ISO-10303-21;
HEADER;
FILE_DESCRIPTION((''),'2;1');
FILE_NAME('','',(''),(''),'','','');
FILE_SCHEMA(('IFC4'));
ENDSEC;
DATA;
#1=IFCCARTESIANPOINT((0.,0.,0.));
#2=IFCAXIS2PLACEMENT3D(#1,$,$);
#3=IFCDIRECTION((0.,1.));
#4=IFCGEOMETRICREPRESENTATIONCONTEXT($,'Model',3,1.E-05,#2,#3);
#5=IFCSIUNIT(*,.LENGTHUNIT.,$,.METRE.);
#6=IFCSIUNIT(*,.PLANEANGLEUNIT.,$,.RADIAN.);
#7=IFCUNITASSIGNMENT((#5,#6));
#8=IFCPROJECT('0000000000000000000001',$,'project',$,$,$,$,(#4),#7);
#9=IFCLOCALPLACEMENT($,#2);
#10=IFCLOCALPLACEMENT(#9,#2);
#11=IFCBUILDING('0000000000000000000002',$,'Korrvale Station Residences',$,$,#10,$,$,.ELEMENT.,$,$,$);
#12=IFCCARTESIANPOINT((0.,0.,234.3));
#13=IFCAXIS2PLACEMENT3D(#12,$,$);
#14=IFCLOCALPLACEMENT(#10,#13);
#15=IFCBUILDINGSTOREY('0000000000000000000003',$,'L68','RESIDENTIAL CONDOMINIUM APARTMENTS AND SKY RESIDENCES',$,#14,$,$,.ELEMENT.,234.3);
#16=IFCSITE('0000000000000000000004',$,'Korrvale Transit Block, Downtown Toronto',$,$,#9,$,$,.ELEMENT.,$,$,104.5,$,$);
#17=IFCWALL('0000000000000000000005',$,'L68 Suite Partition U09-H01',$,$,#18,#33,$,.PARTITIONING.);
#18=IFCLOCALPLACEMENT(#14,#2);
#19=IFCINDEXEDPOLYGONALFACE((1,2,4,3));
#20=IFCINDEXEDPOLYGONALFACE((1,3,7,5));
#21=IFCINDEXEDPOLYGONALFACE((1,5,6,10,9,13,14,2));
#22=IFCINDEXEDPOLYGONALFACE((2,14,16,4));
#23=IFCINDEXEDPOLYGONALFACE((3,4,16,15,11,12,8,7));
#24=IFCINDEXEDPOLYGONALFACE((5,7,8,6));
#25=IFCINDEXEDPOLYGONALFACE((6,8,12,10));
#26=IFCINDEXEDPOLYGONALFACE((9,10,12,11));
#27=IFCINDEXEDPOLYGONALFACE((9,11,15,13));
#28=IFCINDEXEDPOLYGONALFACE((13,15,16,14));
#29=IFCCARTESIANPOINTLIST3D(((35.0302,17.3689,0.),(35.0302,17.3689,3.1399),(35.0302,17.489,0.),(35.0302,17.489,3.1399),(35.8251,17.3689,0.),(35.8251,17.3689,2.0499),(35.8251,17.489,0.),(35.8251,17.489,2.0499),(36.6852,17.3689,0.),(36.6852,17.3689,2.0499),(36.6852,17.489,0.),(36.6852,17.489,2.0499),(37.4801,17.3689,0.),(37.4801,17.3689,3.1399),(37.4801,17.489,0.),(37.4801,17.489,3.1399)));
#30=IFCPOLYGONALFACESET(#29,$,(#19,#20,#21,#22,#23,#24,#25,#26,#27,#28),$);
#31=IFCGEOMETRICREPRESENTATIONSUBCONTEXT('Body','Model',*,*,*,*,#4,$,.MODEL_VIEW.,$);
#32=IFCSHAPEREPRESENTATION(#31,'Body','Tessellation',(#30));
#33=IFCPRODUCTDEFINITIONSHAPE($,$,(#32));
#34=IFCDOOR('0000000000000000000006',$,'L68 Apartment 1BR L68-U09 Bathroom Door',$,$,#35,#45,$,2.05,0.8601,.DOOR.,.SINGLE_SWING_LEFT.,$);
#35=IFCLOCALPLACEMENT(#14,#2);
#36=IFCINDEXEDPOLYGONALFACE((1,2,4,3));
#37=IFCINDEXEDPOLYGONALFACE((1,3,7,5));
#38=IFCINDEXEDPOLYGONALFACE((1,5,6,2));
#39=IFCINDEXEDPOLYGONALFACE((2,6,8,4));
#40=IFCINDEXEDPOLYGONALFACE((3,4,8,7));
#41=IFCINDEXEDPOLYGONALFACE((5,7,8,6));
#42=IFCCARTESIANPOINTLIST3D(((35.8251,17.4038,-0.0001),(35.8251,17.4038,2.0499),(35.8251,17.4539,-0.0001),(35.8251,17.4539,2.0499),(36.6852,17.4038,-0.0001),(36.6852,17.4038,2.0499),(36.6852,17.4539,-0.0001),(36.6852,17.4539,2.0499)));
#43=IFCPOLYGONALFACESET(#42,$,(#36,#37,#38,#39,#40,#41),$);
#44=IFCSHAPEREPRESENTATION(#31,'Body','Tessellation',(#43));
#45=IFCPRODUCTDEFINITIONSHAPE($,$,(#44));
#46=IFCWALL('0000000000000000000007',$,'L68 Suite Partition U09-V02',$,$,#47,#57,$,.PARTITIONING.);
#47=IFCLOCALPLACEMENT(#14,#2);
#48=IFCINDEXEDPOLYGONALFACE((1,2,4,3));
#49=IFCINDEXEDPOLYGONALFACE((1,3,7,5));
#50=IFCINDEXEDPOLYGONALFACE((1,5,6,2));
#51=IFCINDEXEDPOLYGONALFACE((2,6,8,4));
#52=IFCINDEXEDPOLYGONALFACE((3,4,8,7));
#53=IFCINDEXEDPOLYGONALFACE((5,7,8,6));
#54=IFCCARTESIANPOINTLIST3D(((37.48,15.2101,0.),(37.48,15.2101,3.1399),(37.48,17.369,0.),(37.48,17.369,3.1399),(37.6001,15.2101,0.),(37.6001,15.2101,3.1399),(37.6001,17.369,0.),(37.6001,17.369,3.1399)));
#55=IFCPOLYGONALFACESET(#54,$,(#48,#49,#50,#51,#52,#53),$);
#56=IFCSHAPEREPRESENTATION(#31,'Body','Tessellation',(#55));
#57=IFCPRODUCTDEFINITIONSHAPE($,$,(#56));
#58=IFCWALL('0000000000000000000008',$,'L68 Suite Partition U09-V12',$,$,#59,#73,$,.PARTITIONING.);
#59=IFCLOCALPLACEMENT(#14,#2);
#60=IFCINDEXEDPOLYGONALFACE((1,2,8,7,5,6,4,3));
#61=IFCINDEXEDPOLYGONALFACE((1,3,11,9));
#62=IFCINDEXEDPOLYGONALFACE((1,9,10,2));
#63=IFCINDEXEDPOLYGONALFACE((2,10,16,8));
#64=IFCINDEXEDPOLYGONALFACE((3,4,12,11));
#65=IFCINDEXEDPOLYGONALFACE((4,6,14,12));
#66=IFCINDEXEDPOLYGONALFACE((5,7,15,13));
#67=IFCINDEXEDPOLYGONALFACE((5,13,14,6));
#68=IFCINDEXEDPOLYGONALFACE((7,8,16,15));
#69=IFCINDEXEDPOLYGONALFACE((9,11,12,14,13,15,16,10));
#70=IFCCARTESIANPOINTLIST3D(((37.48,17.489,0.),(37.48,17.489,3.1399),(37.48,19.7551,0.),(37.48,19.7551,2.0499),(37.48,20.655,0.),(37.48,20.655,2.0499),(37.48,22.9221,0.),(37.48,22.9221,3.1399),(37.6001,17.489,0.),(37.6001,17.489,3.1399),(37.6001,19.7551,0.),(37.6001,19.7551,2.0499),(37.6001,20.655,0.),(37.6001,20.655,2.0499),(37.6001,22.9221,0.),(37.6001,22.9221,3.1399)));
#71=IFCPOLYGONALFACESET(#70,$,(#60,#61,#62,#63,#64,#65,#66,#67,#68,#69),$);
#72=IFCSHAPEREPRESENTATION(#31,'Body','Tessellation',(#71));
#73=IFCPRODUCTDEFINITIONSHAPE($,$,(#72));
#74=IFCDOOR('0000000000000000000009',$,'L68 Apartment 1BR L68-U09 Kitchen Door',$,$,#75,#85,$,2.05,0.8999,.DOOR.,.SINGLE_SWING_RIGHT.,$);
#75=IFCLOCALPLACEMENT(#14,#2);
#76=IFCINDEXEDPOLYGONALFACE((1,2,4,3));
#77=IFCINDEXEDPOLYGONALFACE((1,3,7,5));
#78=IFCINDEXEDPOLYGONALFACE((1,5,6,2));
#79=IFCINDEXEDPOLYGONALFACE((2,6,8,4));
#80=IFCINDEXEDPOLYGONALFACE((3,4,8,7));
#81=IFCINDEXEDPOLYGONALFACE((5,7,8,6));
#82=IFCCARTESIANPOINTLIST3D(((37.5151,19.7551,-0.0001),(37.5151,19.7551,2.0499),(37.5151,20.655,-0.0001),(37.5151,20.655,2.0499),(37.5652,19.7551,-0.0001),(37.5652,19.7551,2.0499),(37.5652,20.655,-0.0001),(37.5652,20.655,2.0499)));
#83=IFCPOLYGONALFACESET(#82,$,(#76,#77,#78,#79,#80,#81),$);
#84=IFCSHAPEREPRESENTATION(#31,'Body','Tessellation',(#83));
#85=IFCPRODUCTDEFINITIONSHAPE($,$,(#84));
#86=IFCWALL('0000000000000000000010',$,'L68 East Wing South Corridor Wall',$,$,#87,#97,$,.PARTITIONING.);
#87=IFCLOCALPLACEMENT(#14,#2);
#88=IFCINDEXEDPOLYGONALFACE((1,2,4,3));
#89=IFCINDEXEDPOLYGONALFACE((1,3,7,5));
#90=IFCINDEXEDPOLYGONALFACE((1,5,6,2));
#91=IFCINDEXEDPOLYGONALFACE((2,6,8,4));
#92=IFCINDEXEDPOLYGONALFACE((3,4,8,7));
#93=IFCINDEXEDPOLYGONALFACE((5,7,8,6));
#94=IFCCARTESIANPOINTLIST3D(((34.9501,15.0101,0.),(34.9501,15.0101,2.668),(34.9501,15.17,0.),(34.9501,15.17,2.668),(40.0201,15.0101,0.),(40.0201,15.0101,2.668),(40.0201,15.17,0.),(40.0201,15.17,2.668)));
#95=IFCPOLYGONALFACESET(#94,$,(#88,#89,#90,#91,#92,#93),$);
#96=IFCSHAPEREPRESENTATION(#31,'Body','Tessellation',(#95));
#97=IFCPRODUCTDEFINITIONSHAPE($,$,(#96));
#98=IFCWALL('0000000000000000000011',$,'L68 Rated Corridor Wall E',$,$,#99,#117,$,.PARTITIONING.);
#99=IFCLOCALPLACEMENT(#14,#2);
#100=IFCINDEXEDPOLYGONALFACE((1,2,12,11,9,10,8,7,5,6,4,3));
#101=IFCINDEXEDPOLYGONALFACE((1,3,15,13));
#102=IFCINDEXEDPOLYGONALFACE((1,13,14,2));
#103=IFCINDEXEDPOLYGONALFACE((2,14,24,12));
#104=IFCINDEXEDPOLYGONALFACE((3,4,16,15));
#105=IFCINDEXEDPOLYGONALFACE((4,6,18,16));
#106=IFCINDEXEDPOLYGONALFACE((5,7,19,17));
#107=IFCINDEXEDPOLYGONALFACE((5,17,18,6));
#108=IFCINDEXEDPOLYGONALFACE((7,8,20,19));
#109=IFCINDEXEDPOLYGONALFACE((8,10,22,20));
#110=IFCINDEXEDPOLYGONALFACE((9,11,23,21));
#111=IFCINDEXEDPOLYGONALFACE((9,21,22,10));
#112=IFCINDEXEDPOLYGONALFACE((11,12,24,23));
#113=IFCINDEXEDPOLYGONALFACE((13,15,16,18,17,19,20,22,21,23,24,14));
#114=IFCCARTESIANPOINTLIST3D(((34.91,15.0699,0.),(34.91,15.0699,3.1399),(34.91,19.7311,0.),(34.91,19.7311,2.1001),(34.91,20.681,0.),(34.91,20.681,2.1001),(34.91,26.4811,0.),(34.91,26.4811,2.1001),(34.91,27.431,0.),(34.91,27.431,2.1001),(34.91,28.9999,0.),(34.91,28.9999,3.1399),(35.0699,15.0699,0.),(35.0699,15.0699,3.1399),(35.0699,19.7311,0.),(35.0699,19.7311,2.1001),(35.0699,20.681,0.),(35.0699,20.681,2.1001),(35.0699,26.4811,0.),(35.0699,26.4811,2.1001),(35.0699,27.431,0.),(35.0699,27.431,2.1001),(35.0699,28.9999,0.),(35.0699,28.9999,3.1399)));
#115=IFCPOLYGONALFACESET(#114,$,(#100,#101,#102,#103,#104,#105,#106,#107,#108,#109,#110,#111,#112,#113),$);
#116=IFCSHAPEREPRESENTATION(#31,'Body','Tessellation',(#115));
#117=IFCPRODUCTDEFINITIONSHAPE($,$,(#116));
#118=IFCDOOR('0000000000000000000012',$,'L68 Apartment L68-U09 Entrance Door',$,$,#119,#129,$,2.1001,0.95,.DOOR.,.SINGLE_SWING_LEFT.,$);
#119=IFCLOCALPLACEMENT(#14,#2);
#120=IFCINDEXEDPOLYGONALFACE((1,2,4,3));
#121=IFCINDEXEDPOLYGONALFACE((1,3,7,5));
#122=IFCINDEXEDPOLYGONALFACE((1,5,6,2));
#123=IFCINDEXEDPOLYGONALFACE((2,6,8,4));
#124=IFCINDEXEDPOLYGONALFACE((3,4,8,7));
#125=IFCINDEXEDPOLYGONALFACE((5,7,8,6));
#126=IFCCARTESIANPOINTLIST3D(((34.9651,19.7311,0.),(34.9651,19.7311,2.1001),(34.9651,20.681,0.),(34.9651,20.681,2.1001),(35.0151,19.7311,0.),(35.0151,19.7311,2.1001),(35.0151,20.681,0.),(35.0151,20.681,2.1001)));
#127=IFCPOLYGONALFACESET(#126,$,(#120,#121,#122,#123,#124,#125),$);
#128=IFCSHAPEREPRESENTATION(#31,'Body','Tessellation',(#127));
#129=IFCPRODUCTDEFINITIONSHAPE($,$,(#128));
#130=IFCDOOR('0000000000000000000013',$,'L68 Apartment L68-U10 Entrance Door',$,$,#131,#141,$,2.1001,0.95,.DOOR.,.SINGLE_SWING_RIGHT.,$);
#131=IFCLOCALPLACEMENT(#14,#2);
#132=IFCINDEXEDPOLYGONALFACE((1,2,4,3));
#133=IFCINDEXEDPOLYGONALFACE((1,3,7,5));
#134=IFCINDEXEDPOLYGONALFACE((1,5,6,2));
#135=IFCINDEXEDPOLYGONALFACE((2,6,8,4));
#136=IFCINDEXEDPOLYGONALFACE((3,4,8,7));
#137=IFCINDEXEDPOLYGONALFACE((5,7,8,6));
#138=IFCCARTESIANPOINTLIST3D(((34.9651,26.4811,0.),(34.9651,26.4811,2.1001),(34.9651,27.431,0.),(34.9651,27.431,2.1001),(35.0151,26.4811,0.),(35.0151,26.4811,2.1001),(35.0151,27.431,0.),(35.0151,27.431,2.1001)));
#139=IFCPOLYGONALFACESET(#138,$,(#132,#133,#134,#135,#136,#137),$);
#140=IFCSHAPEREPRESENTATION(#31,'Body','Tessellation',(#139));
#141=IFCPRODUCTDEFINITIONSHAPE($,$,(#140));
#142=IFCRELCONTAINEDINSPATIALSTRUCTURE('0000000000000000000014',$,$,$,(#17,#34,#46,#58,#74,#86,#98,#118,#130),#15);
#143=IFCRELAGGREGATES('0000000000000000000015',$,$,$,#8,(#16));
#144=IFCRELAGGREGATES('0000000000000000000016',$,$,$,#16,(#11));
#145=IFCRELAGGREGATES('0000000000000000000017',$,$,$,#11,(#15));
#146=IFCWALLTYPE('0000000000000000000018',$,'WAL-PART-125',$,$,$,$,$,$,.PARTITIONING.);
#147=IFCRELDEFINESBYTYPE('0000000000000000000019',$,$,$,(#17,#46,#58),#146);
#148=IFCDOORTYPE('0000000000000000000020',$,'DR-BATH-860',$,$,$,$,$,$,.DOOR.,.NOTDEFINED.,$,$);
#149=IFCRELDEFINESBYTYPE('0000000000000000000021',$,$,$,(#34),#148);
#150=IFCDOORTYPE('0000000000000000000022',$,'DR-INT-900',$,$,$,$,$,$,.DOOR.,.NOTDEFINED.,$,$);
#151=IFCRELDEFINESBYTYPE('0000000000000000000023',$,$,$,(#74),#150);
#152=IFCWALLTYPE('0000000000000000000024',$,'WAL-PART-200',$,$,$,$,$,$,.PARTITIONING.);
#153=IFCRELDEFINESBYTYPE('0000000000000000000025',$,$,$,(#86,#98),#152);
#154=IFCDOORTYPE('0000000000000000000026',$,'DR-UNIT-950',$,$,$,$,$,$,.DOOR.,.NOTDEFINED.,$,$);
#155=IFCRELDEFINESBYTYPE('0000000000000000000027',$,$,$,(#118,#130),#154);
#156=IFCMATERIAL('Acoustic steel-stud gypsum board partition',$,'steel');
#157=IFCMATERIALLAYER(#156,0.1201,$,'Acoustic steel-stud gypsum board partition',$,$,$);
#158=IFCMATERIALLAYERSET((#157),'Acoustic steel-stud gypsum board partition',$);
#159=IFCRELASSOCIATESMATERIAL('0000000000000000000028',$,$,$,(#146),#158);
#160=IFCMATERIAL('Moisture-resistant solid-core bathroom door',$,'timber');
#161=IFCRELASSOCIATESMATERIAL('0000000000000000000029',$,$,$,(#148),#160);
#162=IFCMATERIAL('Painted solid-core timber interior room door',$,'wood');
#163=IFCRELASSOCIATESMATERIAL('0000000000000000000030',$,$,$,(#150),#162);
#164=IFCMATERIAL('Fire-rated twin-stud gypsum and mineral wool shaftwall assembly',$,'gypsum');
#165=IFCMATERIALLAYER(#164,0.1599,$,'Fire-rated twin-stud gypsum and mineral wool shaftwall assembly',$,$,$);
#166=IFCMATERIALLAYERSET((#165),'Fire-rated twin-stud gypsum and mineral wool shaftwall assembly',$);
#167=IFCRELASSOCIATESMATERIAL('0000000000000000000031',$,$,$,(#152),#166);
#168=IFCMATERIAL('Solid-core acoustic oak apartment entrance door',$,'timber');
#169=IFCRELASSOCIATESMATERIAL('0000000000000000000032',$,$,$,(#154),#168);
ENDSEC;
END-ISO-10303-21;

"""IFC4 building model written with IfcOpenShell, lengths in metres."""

from ifc_helpers import new_model, si_unit, direction, frame, frame_2d, origin, place, context, subcontext, project, spatial, rectangle, extrude, material, layer, layer_set, type_object, element, fill, save


model = new_model("IFC4")

# Units and contexts
model_context = context("Model", 3, precision=1e-05, world=origin(), true_north=direction((0.0, 1.0)))
body_context = subcontext(model_context, "Body", "Model", "MODEL_VIEW")
ifc_project = project(units=[si_unit("LENGTHUNIT", "METRE"), si_unit("PLANEANGLEUNIT", "RADIAN")], contexts=[model_context])

# Site, building, storey
site_placement = place(None, origin())
site = spatial("IfcSite", under=ifc_project, at=site_placement, Name="Korrvale Transit Block, Downtown Toronto", CompositionType="ELEMENT", RefElevation=104.5)
building_placement = place(site_placement, origin())
building = spatial("IfcBuilding", under=site, at=building_placement, Name="Korrvale Station Residences", CompositionType="ELEMENT")
storey_placement = place(building_placement, frame((0.0, 0.0, 234.3)))
storey = spatial("IfcBuildingStorey", under=building, at=storey_placement, Name="L68", Description="RESIDENTIAL CONDOMINIUM APARTMENTS AND SKY RESIDENCES", CompositionType="ELEMENT", Elevation=234.3)

# Wall, opening, door
ifc_material_1 = material(Name="Acoustic steel-stud gypsum board partition", Category="steel")
ifc_layer_1 = layer(ifc_material_1, 0.1201, Name="Acoustic steel-stud gypsum board partition")
ifc_layer_set_1 = layer_set([ifc_layer_1], Name="Acoustic steel-stud gypsum board partition")
wall_type_1 = type_object("IfcWallType", Name="WAL-PART-125", PredefinedType="PARTITIONING", material=ifc_layer_set_1)
wall_1_placement = place(storey_placement, frame((35.03, 17.429, 0.0), z_axis=(0.0, 0.0, 1.0), x_axis=(1.0, 0.0, 0.0)))
wall_1 = element("IfcWall", 1, at=wall_1_placement, inside=storey, type_object=wall_type_1, Name="L68 Suite Partition U09-H01", PredefinedType="PARTITIONING", context=body_context, shape_type="SweptSolid", body=[
    extrude(rectangle(XDim=2.45, YDim=0.1201, at=frame_2d((1.2251, 0.0))), origin(), (0.0, 0.0, 1.0), 3.1399),
])
opening_1_placement = place(wall_1_placement, frame((0.7949, 0.0, 0.0)))
opening_1 = element("IfcOpeningElement", 2, at=opening_1_placement, cuts=wall_1, PredefinedType="OPENING", context=body_context, shape_type="SweptSolid", body=[
    extrude(rectangle(XDim=0.8601, YDim=2.05, at=frame_2d((0.4302, 1.0249))), frame((0.0, 0.0701, 0.0), z_axis=(0.0, -1.0, 0.0), x_axis=(1.0, 0.0, 0.0)), (0.0, 0.0, 1.0), 0.1401),
])
ifc_material_2 = material(Name="Moisture-resistant solid-core bathroom door", Category="timber")
door_type_1 = type_object("IfcDoorType", Name="DR-BATH-860", OperationType="NOTDEFINED", PredefinedType="DOOR", material=ifc_material_2)
door_1_placement = place(opening_1_placement, origin())
door_1 = element("IfcDoor", 3, at=door_1_placement, inside=storey, type_object=door_type_1, Name="L68 Apartment 1BR L68-U09 Bathroom Door", OperationType="SINGLE_SWING_LEFT", OverallHeight=2.05, OverallWidth=0.8601, PredefinedType="DOOR", context=body_context, shape_type="SweptSolid", body=[
    extrude(rectangle(XDim=0.8601, YDim=2.05, at=frame_2d((0.4302, 1.0249))), frame((0.0, 0.0249, 0.0), z_axis=(0.0, -1.0, 0.0), x_axis=(1.0, 0.0, 0.0)), (0.0, 0.0, 1.0), 0.05),
])
fill(opening_1, door_1)

# Wall
wall_2_placement = place(storey_placement, frame((37.54, 15.21, 0.0), z_axis=(0.0, 0.0, 1.0), x_axis=(0.0, 1.0, 0.0)))
element("IfcWall", 4, at=wall_2_placement, inside=storey, type_object=wall_type_1, Name="L68 Suite Partition U09-V02", PredefinedType="PARTITIONING", context=body_context, shape_type="SweptSolid", body=[
    extrude(rectangle(XDim=2.1589, YDim=0.1201, at=frame_2d((1.0796, 0.0))), origin(), (0.0, 0.0, 1.0), 3.1399),
])

# Wall, opening, door
wall_3_placement = place(storey_placement, frame((37.54, 17.489, 0.0), z_axis=(0.0, 0.0, 1.0), x_axis=(0.0, 1.0, 0.0)))
wall_3 = element("IfcWall", 5, at=wall_3_placement, inside=storey, type_object=wall_type_1, Name="L68 Suite Partition U09-V12", PredefinedType="PARTITIONING", context=body_context, shape_type="SweptSolid", body=[
    extrude(rectangle(XDim=5.4331, YDim=0.1201, at=frame_2d((2.7166, 0.0))), origin(), (0.0, 0.0, 1.0), 3.1399),
])
opening_2_placement = place(wall_3_placement, frame((2.2661, 0.0, 0.0)))
opening_2 = element("IfcOpeningElement", 6, at=opening_2_placement, cuts=wall_3, PredefinedType="OPENING", context=body_context, shape_type="SweptSolid", body=[
    extrude(rectangle(XDim=0.8999, YDim=2.05, at=frame_2d((0.45, 1.0249))), frame((0.0, 0.0701, 0.0), z_axis=(0.0, -1.0, 0.0), x_axis=(1.0, 0.0, 0.0)), (0.0, 0.0, 1.0), 0.1401),
])
ifc_material_3 = material(Name="Painted solid-core timber interior room door", Category="wood")
door_type_2 = type_object("IfcDoorType", Name="DR-INT-900", OperationType="NOTDEFINED", PredefinedType="DOOR", material=ifc_material_3)
door_2_placement = place(opening_2_placement, origin())
door_2 = element("IfcDoor", 7, at=door_2_placement, inside=storey, type_object=door_type_2, Name="L68 Apartment 1BR L68-U09 Kitchen Door", OperationType="SINGLE_SWING_RIGHT", OverallHeight=2.05, OverallWidth=0.8999, PredefinedType="DOOR", context=body_context, shape_type="SweptSolid", body=[
    extrude(rectangle(XDim=0.8999, YDim=2.05, at=frame_2d((0.45, 1.0249))), frame((0.0, 0.0249, 0.0), z_axis=(0.0, -1.0, 0.0), x_axis=(1.0, 0.0, 0.0)), (0.0, 0.0, 1.0), 0.05),
])
fill(opening_2, door_2)

# Wall
ifc_material_4 = material(Name="Fire-rated twin-stud gypsum and mineral wool shaftwall assembly", Category="gypsum")
ifc_layer_2 = layer(ifc_material_4, 0.1599, Name="Fire-rated twin-stud gypsum and mineral wool shaftwall assembly")
ifc_layer_set_2 = layer_set([ifc_layer_2], Name="Fire-rated twin-stud gypsum and mineral wool shaftwall assembly")
wall_type_2 = type_object("IfcWallType", Name="WAL-PART-200", PredefinedType="PARTITIONING", material=ifc_layer_set_2)
wall_4_placement = place(storey_placement, frame((34.95, 15.0901, 0.0), z_axis=(0.0, 0.0, 1.0), x_axis=(1.0, 0.0, 0.0)))
element("IfcWall", 8, at=wall_4_placement, inside=storey, type_object=wall_type_2, Name="L68 East Wing South Corridor Wall", PredefinedType="PARTITIONING", context=body_context, shape_type="SweptSolid", body=[
    extrude(rectangle(XDim=5.0701, YDim=0.1599, at=frame_2d((2.5352, 0.0))), origin(), (0.0, 0.0, 1.0), 2.668),
])

# Wall, openings, doors
wall_5_placement = place(storey_placement, frame((34.99, 15.0701, 0.0), z_axis=(0.0, 0.0, 1.0), x_axis=(0.0, 1.0, 0.0)))
wall_5 = element("IfcWall", 9, at=wall_5_placement, inside=storey, type_object=wall_type_2, Name="L68 Rated Corridor Wall E", PredefinedType="PARTITIONING", context=body_context, shape_type="SweptSolid", body=[
    extrude(rectangle(XDim=13.9299, YDim=0.1599, at=frame_2d((6.9648, 0.0))), origin(), (0.0, 0.0, 1.0), 3.1399),
])
opening_3_placement = place(wall_5_placement, frame((4.6609, 0.0, 0.0)))
opening_3 = element("IfcOpeningElement", 10, at=opening_3_placement, cuts=wall_5, PredefinedType="OPENING", context=body_context, shape_type="SweptSolid", body=[
    extrude(rectangle(XDim=0.95, YDim=2.1001, at=frame_2d((0.4751, 1.05))), frame((0.0, 0.0898, 0.0), z_axis=(0.0, -1.0, 0.0), x_axis=(1.0, 0.0, 0.0)), (0.0, 0.0, 1.0), 0.1799),
])
opening_4_placement = place(wall_5_placement, frame((11.4109, 0.0, 0.0)))
opening_4 = element("IfcOpeningElement", 11, at=opening_4_placement, cuts=wall_5, PredefinedType="OPENING", context=body_context, shape_type="SweptSolid", body=[
    extrude(rectangle(XDim=0.95, YDim=2.1001, at=frame_2d((0.4751, 1.05))), frame((0.0, 0.0898, 0.0), z_axis=(0.0, -1.0, 0.0), x_axis=(1.0, 0.0, 0.0)), (0.0, 0.0, 1.0), 0.1799),
])
ifc_material_5 = material(Name="Solid-core acoustic oak apartment entrance door", Category="timber")
door_type_3 = type_object("IfcDoorType", Name="DR-UNIT-950", OperationType="NOTDEFINED", PredefinedType="DOOR", material=ifc_material_5)
door_3_placement = place(opening_3_placement, origin())
door_3 = element("IfcDoor", 12, at=door_3_placement, inside=storey, type_object=door_type_3, Name="L68 Apartment L68-U09 Entrance Door", OperationType="SINGLE_SWING_LEFT", OverallHeight=2.1001, OverallWidth=0.95, PredefinedType="DOOR", context=body_context, shape_type="SweptSolid", body=[
    extrude(rectangle(XDim=0.95, YDim=2.1001, at=frame_2d((0.4751, 1.05))), frame((0.0, 0.0249, 0.0), z_axis=(0.0, -1.0, 0.0), x_axis=(1.0, 0.0, 0.0)), (0.0, 0.0, 1.0), 0.05),
])
fill(opening_3, door_3)
door_4_placement = place(opening_4_placement, origin())
door_4 = element("IfcDoor", 13, at=door_4_placement, inside=storey, type_object=door_type_3, Name="L68 Apartment L68-U10 Entrance Door", OperationType="SINGLE_SWING_RIGHT", OverallHeight=2.1001, OverallWidth=0.95, PredefinedType="DOOR", context=body_context, shape_type="SweptSolid", body=[
    extrude(rectangle(XDim=0.95, YDim=2.1001, at=frame_2d((0.4751, 1.05))), frame((0.0, 0.0249, 0.0), z_axis=(0.0, -1.0, 0.0), x_axis=(1.0, 0.0, 0.0)), (0.0, 0.0, 1.0), 0.05),
])
fill(opening_4, door_4)

save(model, "model.ifc")
